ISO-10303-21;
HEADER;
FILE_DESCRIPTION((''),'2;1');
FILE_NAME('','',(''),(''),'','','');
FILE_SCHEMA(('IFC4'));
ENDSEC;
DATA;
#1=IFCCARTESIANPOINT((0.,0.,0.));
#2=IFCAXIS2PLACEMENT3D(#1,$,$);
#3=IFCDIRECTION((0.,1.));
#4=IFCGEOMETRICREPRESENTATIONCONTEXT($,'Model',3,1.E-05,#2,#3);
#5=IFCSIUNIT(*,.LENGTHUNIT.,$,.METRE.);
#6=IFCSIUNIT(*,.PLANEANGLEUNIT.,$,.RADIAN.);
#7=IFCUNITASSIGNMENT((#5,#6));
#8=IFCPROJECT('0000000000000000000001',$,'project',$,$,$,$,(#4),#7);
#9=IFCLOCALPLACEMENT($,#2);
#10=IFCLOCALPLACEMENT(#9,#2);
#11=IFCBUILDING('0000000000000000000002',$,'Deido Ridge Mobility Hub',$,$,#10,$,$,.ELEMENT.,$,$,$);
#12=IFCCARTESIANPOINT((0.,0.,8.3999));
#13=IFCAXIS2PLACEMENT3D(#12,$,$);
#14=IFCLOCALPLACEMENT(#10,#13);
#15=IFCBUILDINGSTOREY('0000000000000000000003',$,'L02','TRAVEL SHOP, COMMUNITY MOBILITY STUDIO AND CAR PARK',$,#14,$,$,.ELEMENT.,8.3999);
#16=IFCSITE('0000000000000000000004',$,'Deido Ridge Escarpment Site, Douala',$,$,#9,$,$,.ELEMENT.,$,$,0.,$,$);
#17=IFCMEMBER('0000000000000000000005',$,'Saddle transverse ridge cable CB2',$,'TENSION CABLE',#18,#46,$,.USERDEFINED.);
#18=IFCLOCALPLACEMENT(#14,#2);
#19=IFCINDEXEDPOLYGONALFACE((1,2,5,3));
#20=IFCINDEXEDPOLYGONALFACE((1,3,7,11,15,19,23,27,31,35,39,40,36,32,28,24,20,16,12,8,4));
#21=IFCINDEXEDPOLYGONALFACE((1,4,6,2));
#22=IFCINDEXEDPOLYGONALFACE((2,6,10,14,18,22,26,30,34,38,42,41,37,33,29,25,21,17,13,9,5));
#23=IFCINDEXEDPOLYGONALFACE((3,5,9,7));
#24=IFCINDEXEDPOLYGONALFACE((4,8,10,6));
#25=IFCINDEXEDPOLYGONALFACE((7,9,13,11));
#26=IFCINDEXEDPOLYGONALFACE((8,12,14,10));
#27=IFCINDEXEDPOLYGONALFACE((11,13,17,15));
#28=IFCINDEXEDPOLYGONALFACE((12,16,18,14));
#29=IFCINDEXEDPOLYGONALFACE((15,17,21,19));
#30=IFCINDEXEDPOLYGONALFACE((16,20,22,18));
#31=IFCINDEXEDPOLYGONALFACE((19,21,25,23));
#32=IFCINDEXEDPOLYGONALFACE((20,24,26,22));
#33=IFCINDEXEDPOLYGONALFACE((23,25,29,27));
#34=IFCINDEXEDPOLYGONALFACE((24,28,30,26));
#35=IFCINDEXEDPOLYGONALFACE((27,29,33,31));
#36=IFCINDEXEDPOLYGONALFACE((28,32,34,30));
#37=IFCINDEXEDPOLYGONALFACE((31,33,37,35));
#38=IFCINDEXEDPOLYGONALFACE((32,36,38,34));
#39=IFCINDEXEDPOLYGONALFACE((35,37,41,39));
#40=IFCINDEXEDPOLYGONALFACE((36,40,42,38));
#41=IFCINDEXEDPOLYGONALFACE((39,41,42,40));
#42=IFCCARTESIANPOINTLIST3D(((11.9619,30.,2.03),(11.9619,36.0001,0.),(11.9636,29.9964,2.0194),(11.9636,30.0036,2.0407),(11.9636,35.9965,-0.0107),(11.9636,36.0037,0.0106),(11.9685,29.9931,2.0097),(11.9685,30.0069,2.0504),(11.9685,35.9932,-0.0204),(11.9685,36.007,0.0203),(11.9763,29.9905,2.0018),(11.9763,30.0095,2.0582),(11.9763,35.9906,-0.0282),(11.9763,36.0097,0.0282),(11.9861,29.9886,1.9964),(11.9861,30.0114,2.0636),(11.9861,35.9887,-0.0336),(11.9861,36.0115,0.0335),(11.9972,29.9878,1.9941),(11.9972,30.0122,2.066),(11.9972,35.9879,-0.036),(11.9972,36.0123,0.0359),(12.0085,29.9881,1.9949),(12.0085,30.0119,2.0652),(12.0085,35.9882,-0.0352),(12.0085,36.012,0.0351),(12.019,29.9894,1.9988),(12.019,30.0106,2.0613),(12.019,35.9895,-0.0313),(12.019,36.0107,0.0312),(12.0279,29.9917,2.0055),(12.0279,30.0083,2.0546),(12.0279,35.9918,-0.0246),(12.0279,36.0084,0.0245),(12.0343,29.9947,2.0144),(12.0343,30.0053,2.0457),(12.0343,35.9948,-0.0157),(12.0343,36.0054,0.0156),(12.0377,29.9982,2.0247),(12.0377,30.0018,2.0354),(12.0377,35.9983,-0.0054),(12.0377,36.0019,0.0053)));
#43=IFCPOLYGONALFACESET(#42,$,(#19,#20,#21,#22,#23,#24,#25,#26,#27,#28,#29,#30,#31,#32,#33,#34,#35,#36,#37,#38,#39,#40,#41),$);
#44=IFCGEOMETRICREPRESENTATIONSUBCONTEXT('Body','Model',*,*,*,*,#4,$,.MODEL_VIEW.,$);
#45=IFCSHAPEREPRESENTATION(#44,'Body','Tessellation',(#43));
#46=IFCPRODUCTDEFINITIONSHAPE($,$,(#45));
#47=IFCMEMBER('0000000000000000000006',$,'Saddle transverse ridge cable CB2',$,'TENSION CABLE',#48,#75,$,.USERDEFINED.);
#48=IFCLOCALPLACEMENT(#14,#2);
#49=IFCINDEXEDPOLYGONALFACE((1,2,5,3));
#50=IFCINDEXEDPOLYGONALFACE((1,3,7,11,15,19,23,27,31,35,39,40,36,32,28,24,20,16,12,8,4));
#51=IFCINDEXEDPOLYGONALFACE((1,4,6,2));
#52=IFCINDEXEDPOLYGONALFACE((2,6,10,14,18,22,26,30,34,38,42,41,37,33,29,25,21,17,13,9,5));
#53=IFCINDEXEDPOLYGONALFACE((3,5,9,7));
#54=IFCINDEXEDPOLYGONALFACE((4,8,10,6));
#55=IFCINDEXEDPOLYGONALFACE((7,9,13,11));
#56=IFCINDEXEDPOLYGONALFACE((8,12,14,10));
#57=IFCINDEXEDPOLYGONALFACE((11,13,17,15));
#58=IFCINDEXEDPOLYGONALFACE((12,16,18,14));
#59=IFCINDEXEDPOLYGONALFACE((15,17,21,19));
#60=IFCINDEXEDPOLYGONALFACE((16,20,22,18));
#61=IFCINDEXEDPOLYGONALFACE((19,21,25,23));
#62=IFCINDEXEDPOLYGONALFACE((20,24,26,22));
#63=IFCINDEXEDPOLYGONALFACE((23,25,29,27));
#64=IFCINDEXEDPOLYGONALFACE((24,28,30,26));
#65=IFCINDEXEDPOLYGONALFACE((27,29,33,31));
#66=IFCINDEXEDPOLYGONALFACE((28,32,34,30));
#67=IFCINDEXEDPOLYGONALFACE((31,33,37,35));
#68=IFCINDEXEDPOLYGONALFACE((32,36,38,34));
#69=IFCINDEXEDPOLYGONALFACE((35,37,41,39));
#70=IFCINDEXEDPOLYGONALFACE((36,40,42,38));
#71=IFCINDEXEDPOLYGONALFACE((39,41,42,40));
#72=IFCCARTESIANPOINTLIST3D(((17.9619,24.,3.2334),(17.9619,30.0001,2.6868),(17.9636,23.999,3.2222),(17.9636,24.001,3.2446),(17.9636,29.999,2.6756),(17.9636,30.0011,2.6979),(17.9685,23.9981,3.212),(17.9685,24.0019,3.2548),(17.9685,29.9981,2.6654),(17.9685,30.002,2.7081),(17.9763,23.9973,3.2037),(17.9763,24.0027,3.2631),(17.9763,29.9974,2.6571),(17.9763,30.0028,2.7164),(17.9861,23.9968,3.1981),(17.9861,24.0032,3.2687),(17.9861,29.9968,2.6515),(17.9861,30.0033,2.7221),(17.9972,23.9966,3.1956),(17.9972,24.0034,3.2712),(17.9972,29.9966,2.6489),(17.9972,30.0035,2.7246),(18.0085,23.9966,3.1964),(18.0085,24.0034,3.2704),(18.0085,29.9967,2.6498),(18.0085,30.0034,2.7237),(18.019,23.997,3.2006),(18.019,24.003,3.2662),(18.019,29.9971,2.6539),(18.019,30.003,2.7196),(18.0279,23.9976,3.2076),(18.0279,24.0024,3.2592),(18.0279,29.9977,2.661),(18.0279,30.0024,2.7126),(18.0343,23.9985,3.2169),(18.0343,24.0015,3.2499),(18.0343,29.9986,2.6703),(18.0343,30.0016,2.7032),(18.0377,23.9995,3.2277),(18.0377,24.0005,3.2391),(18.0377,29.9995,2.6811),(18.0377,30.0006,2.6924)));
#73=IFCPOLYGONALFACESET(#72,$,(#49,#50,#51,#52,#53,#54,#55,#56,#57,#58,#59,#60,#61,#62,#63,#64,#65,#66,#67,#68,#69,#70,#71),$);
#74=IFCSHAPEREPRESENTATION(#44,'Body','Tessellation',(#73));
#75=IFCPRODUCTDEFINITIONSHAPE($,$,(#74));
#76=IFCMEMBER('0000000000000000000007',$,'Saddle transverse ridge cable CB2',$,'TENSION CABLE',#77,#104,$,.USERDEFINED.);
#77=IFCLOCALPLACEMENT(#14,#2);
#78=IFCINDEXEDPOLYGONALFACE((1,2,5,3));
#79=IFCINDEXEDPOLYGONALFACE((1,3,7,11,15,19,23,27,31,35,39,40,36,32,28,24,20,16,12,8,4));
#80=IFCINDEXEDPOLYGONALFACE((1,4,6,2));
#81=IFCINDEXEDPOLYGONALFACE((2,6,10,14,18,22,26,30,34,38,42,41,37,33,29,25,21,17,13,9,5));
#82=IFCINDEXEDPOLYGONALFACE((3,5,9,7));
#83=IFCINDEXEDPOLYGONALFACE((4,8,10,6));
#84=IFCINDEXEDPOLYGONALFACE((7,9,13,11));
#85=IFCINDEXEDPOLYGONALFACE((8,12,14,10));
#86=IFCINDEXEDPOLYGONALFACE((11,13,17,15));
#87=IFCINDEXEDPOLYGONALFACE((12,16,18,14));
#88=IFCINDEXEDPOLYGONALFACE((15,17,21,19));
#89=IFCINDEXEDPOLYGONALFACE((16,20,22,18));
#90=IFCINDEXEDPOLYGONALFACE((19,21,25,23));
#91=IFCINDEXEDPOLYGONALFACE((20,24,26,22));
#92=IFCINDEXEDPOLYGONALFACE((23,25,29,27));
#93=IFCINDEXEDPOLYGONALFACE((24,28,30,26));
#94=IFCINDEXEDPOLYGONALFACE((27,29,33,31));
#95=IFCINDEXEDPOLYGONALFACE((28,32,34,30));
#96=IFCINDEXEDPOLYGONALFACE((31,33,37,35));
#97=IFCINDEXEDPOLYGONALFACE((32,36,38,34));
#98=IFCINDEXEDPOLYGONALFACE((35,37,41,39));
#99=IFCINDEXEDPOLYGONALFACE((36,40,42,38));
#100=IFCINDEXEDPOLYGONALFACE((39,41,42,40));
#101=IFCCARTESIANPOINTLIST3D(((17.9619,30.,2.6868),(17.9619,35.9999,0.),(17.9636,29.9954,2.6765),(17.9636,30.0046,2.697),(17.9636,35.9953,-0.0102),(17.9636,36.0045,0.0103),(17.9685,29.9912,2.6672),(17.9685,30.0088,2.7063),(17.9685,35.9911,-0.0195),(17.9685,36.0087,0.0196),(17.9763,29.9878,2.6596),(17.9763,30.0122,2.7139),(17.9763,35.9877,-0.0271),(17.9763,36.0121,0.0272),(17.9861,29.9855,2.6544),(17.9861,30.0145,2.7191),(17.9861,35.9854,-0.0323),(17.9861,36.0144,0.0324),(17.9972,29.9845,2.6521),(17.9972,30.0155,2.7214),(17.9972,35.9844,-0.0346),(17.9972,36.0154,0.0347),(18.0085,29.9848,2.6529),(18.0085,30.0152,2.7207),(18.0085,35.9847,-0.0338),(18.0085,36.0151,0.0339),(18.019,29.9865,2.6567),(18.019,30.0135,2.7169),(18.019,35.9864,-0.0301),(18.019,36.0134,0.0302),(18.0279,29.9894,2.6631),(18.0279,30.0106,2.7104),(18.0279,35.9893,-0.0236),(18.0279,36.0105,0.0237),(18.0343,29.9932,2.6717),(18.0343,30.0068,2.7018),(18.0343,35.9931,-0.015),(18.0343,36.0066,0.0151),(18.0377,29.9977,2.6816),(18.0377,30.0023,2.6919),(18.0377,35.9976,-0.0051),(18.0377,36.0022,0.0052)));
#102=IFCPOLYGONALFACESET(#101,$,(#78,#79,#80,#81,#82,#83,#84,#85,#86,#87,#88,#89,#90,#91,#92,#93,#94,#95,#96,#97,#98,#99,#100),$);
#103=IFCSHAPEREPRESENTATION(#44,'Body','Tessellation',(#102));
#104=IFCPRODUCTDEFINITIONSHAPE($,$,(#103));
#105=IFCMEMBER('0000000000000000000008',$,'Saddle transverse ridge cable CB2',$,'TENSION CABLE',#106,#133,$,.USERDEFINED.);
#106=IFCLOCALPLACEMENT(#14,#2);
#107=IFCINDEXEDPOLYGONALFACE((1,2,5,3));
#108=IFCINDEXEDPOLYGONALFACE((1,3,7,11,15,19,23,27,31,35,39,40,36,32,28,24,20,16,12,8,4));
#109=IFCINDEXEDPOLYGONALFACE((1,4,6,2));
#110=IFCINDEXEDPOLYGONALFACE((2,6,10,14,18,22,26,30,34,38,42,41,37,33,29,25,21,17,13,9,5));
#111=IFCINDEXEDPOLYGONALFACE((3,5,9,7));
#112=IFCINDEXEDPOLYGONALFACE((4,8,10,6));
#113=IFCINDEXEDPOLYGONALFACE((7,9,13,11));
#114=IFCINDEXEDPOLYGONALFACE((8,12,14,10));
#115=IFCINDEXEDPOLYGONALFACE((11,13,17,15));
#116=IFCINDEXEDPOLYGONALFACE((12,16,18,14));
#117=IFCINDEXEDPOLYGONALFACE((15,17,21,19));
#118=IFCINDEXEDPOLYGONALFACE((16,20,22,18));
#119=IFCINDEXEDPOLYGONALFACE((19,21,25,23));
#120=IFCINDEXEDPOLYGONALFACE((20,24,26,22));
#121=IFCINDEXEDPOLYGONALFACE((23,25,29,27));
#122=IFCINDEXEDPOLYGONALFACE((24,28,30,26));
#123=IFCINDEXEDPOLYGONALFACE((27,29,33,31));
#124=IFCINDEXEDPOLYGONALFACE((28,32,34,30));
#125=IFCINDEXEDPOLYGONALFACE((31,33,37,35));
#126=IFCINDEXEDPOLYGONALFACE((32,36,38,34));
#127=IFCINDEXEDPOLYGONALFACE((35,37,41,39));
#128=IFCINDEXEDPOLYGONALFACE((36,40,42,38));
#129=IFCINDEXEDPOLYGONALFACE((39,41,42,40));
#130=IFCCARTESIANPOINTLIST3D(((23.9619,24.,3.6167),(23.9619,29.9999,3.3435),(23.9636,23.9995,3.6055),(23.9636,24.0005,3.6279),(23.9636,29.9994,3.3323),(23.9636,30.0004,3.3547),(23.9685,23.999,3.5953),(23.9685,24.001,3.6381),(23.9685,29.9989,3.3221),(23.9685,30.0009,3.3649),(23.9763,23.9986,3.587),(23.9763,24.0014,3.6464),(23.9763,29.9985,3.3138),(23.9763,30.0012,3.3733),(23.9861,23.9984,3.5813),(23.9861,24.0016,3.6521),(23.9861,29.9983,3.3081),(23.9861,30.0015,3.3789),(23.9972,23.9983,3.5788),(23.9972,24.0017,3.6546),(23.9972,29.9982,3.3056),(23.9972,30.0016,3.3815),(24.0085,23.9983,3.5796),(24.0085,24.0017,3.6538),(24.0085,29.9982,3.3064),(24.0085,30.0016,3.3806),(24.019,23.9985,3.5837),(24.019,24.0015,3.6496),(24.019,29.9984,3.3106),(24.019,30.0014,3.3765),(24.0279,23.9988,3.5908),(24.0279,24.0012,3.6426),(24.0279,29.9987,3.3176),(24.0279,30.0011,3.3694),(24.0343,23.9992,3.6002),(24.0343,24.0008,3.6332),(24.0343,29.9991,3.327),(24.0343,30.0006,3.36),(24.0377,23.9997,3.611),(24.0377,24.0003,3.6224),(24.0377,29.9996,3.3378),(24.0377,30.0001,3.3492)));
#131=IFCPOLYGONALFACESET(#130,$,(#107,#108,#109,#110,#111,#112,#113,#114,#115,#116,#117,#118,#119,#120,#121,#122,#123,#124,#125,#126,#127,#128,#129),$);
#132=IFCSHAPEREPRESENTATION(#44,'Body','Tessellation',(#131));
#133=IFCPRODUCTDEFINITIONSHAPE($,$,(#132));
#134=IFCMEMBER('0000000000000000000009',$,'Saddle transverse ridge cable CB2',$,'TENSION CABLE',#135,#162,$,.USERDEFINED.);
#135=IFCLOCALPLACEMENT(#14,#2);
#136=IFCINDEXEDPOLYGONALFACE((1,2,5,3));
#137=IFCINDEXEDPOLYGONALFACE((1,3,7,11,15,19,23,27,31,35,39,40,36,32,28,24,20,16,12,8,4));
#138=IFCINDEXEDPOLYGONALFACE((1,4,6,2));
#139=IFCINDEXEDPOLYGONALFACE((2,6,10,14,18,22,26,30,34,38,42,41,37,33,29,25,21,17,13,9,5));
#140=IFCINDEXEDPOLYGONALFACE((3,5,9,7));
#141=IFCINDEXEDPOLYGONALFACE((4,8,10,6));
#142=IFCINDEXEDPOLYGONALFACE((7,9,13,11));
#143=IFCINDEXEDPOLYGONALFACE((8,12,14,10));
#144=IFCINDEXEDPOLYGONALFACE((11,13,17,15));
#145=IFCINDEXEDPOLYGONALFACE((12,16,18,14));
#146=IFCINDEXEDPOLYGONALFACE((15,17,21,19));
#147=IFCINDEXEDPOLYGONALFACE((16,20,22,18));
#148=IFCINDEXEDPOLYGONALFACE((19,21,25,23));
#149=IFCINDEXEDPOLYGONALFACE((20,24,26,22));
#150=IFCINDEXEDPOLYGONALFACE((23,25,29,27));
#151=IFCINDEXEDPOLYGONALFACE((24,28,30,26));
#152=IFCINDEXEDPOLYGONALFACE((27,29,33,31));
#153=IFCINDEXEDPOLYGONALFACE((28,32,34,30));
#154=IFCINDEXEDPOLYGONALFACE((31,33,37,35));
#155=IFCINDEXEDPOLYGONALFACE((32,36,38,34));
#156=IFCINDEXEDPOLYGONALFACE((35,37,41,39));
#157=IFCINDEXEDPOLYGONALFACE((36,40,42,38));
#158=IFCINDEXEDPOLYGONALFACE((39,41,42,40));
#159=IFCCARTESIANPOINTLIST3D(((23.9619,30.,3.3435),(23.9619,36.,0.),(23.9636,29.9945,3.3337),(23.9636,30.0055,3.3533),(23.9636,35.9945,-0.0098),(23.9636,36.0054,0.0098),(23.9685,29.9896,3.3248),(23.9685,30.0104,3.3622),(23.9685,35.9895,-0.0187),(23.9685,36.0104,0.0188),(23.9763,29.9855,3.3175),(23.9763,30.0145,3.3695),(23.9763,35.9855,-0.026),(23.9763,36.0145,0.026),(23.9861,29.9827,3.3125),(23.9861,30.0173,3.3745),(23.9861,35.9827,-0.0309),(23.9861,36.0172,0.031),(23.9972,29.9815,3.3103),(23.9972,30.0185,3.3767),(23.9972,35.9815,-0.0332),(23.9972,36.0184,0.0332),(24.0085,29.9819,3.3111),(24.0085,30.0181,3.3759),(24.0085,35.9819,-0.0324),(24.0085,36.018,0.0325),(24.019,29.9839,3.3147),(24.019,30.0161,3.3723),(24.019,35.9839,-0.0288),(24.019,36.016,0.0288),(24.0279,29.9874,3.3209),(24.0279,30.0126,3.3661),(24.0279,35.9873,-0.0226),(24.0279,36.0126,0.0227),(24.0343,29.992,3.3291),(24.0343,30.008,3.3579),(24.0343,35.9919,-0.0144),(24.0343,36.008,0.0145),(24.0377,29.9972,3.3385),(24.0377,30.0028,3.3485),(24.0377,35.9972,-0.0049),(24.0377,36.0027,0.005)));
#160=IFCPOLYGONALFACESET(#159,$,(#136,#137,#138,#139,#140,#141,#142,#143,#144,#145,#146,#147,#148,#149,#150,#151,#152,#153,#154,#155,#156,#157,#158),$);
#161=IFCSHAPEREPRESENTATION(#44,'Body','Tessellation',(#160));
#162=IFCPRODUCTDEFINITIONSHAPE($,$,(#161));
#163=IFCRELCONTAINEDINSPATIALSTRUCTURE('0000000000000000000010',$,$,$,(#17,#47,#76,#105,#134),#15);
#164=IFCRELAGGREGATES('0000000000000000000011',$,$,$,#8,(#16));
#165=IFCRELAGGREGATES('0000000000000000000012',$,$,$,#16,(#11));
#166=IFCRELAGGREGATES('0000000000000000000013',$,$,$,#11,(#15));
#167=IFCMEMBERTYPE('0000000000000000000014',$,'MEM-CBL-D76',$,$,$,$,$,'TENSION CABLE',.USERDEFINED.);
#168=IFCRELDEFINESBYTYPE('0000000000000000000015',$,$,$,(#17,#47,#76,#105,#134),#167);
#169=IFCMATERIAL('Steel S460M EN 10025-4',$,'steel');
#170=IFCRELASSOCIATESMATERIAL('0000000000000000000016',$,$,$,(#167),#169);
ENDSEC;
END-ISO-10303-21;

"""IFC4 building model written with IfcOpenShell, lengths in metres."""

from ifc_helpers import new_model, si_unit, direction, frame, origin, origin_2d, place, context, subcontext, project, spatial, circle, extrude, material, material_profile, profile_set, type_object, element, save


model = new_model("IFC4")

# Units and contexts
model_context = context("Model", 3, precision=1e-05, world=origin(), true_north=direction((0.0, 1.0)))
body_context = subcontext(model_context, "Body", "Model", "MODEL_VIEW")
ifc_project = project(units=[si_unit("LENGTHUNIT", "METRE"), si_unit("PLANEANGLEUNIT", "RADIAN")], contexts=[model_context])

# Site, building, storey
site_placement = place(None, origin())
site = spatial("IfcSite", under=ifc_project, at=site_placement, Name="Deido Ridge Escarpment Site, Douala", CompositionType="ELEMENT", RefElevation=0.0)
building_placement = place(site_placement, origin())
building = spatial("IfcBuilding", under=site, at=building_placement, Name="Deido Ridge Mobility Hub", CompositionType="ELEMENT")
storey_placement = place(building_placement, frame((0.0, 0.0, 8.3999)))
storey = spatial("IfcBuildingStorey", under=building, at=storey_placement, Name="L02", Description="TRAVEL SHOP, COMMUNITY MOBILITY STUDIO AND CAR PARK", CompositionType="ELEMENT", Elevation=8.3999)

# Members
ifc_material_1 = material(Name="Steel S460M EN 10025-4", Category="steel")
ifc_material_profile_1 = material_profile(ifc_material_1, circle(Radius=0.0381, at=origin_2d()), Name="CABLE D76")
ifc_profile_set_1 = profile_set([ifc_material_profile_1], Name="Steel S460M EN 10025-4")
member_type_1 = type_object("IfcMemberType", Name="MEM-CBL-D76", ElementType="TENSION CABLE", PredefinedType="USERDEFINED", material=ifc_profile_set_1)
member_1_placement = place(storey_placement, frame((12.0, 30.0, 2.03), z_axis=(0.0, 0.947251, -0.320491), x_axis=(-1.0, 0.0, 0.0)))
element("IfcMember", 1, at=member_1_placement, inside=storey, type_object=member_type_1, Name="Saddle transverse ridge cable CB2", ObjectType="TENSION CABLE", PredefinedType="USERDEFINED", context=body_context, shape_type="SweptSolid", body=[
    extrude(circle(Radius=0.0381, at=origin_2d()), origin(), (0.0, 0.0, 1.0), 6.3342),
])
member_2_placement = place(storey_placement, frame((18.0, 24.0, 3.2334), z_axis=(0.0, 0.995876, -0.090729), x_axis=(-1.0, 0.0, 0.0)))
element("IfcMember", 2, at=member_2_placement, inside=storey, type_object=member_type_1, Name="Saddle transverse ridge cable CB2", ObjectType="TENSION CABLE", PredefinedType="USERDEFINED", context=body_context, shape_type="SweptSolid", body=[
    extrude(circle(Radius=0.0381, at=origin_2d()), origin(), (0.0, 0.0, 1.0), 6.0249),
])
member_3_placement = place(storey_placement, frame((18.0, 30.0, 2.6868), z_axis=(0.0, 0.912673, -0.40869), x_axis=(-1.0, 0.0, 0.0)))
element("IfcMember", 3, at=member_3_placement, inside=storey, type_object=member_type_1, Name="Saddle transverse ridge cable CB2", ObjectType="TENSION CABLE", PredefinedType="USERDEFINED", context=body_context, shape_type="SweptSolid", body=[
    extrude(circle(Radius=0.0381, at=origin_2d()), origin(), (0.0, 0.0, 1.0), 6.574),
])
member_4_placement = place(storey_placement, frame((24.0, 24.0, 3.6167), z_axis=(0.0, 0.998965, -0.045485), x_axis=(-1.0, 0.0, 0.0)))
element("IfcMember", 4, at=member_4_placement, inside=storey, type_object=member_type_1, Name="Saddle transverse ridge cable CB2", ObjectType="TENSION CABLE", PredefinedType="USERDEFINED", context=body_context, shape_type="SweptSolid", body=[
    extrude(circle(Radius=0.0381, at=origin_2d()), origin(), (0.0, 0.0, 1.0), 6.0061),
])
member_5_placement = place(storey_placement, frame((24.0, 30.0, 3.3435), z_axis=(0.0, 0.873528, -0.486774), x_axis=(-1.0, 0.0, 0.0)))
element("IfcMember", 5, at=member_5_placement, inside=storey, type_object=member_type_1, Name="Saddle transverse ridge cable CB2", ObjectType="TENSION CABLE", PredefinedType="USERDEFINED", context=body_context, shape_type="SweptSolid", body=[
    extrude(circle(Radius=0.0381, at=origin_2d()), origin(), (0.0, 0.0, 1.0), 6.8687),
])

save(model, "model.ifc")
